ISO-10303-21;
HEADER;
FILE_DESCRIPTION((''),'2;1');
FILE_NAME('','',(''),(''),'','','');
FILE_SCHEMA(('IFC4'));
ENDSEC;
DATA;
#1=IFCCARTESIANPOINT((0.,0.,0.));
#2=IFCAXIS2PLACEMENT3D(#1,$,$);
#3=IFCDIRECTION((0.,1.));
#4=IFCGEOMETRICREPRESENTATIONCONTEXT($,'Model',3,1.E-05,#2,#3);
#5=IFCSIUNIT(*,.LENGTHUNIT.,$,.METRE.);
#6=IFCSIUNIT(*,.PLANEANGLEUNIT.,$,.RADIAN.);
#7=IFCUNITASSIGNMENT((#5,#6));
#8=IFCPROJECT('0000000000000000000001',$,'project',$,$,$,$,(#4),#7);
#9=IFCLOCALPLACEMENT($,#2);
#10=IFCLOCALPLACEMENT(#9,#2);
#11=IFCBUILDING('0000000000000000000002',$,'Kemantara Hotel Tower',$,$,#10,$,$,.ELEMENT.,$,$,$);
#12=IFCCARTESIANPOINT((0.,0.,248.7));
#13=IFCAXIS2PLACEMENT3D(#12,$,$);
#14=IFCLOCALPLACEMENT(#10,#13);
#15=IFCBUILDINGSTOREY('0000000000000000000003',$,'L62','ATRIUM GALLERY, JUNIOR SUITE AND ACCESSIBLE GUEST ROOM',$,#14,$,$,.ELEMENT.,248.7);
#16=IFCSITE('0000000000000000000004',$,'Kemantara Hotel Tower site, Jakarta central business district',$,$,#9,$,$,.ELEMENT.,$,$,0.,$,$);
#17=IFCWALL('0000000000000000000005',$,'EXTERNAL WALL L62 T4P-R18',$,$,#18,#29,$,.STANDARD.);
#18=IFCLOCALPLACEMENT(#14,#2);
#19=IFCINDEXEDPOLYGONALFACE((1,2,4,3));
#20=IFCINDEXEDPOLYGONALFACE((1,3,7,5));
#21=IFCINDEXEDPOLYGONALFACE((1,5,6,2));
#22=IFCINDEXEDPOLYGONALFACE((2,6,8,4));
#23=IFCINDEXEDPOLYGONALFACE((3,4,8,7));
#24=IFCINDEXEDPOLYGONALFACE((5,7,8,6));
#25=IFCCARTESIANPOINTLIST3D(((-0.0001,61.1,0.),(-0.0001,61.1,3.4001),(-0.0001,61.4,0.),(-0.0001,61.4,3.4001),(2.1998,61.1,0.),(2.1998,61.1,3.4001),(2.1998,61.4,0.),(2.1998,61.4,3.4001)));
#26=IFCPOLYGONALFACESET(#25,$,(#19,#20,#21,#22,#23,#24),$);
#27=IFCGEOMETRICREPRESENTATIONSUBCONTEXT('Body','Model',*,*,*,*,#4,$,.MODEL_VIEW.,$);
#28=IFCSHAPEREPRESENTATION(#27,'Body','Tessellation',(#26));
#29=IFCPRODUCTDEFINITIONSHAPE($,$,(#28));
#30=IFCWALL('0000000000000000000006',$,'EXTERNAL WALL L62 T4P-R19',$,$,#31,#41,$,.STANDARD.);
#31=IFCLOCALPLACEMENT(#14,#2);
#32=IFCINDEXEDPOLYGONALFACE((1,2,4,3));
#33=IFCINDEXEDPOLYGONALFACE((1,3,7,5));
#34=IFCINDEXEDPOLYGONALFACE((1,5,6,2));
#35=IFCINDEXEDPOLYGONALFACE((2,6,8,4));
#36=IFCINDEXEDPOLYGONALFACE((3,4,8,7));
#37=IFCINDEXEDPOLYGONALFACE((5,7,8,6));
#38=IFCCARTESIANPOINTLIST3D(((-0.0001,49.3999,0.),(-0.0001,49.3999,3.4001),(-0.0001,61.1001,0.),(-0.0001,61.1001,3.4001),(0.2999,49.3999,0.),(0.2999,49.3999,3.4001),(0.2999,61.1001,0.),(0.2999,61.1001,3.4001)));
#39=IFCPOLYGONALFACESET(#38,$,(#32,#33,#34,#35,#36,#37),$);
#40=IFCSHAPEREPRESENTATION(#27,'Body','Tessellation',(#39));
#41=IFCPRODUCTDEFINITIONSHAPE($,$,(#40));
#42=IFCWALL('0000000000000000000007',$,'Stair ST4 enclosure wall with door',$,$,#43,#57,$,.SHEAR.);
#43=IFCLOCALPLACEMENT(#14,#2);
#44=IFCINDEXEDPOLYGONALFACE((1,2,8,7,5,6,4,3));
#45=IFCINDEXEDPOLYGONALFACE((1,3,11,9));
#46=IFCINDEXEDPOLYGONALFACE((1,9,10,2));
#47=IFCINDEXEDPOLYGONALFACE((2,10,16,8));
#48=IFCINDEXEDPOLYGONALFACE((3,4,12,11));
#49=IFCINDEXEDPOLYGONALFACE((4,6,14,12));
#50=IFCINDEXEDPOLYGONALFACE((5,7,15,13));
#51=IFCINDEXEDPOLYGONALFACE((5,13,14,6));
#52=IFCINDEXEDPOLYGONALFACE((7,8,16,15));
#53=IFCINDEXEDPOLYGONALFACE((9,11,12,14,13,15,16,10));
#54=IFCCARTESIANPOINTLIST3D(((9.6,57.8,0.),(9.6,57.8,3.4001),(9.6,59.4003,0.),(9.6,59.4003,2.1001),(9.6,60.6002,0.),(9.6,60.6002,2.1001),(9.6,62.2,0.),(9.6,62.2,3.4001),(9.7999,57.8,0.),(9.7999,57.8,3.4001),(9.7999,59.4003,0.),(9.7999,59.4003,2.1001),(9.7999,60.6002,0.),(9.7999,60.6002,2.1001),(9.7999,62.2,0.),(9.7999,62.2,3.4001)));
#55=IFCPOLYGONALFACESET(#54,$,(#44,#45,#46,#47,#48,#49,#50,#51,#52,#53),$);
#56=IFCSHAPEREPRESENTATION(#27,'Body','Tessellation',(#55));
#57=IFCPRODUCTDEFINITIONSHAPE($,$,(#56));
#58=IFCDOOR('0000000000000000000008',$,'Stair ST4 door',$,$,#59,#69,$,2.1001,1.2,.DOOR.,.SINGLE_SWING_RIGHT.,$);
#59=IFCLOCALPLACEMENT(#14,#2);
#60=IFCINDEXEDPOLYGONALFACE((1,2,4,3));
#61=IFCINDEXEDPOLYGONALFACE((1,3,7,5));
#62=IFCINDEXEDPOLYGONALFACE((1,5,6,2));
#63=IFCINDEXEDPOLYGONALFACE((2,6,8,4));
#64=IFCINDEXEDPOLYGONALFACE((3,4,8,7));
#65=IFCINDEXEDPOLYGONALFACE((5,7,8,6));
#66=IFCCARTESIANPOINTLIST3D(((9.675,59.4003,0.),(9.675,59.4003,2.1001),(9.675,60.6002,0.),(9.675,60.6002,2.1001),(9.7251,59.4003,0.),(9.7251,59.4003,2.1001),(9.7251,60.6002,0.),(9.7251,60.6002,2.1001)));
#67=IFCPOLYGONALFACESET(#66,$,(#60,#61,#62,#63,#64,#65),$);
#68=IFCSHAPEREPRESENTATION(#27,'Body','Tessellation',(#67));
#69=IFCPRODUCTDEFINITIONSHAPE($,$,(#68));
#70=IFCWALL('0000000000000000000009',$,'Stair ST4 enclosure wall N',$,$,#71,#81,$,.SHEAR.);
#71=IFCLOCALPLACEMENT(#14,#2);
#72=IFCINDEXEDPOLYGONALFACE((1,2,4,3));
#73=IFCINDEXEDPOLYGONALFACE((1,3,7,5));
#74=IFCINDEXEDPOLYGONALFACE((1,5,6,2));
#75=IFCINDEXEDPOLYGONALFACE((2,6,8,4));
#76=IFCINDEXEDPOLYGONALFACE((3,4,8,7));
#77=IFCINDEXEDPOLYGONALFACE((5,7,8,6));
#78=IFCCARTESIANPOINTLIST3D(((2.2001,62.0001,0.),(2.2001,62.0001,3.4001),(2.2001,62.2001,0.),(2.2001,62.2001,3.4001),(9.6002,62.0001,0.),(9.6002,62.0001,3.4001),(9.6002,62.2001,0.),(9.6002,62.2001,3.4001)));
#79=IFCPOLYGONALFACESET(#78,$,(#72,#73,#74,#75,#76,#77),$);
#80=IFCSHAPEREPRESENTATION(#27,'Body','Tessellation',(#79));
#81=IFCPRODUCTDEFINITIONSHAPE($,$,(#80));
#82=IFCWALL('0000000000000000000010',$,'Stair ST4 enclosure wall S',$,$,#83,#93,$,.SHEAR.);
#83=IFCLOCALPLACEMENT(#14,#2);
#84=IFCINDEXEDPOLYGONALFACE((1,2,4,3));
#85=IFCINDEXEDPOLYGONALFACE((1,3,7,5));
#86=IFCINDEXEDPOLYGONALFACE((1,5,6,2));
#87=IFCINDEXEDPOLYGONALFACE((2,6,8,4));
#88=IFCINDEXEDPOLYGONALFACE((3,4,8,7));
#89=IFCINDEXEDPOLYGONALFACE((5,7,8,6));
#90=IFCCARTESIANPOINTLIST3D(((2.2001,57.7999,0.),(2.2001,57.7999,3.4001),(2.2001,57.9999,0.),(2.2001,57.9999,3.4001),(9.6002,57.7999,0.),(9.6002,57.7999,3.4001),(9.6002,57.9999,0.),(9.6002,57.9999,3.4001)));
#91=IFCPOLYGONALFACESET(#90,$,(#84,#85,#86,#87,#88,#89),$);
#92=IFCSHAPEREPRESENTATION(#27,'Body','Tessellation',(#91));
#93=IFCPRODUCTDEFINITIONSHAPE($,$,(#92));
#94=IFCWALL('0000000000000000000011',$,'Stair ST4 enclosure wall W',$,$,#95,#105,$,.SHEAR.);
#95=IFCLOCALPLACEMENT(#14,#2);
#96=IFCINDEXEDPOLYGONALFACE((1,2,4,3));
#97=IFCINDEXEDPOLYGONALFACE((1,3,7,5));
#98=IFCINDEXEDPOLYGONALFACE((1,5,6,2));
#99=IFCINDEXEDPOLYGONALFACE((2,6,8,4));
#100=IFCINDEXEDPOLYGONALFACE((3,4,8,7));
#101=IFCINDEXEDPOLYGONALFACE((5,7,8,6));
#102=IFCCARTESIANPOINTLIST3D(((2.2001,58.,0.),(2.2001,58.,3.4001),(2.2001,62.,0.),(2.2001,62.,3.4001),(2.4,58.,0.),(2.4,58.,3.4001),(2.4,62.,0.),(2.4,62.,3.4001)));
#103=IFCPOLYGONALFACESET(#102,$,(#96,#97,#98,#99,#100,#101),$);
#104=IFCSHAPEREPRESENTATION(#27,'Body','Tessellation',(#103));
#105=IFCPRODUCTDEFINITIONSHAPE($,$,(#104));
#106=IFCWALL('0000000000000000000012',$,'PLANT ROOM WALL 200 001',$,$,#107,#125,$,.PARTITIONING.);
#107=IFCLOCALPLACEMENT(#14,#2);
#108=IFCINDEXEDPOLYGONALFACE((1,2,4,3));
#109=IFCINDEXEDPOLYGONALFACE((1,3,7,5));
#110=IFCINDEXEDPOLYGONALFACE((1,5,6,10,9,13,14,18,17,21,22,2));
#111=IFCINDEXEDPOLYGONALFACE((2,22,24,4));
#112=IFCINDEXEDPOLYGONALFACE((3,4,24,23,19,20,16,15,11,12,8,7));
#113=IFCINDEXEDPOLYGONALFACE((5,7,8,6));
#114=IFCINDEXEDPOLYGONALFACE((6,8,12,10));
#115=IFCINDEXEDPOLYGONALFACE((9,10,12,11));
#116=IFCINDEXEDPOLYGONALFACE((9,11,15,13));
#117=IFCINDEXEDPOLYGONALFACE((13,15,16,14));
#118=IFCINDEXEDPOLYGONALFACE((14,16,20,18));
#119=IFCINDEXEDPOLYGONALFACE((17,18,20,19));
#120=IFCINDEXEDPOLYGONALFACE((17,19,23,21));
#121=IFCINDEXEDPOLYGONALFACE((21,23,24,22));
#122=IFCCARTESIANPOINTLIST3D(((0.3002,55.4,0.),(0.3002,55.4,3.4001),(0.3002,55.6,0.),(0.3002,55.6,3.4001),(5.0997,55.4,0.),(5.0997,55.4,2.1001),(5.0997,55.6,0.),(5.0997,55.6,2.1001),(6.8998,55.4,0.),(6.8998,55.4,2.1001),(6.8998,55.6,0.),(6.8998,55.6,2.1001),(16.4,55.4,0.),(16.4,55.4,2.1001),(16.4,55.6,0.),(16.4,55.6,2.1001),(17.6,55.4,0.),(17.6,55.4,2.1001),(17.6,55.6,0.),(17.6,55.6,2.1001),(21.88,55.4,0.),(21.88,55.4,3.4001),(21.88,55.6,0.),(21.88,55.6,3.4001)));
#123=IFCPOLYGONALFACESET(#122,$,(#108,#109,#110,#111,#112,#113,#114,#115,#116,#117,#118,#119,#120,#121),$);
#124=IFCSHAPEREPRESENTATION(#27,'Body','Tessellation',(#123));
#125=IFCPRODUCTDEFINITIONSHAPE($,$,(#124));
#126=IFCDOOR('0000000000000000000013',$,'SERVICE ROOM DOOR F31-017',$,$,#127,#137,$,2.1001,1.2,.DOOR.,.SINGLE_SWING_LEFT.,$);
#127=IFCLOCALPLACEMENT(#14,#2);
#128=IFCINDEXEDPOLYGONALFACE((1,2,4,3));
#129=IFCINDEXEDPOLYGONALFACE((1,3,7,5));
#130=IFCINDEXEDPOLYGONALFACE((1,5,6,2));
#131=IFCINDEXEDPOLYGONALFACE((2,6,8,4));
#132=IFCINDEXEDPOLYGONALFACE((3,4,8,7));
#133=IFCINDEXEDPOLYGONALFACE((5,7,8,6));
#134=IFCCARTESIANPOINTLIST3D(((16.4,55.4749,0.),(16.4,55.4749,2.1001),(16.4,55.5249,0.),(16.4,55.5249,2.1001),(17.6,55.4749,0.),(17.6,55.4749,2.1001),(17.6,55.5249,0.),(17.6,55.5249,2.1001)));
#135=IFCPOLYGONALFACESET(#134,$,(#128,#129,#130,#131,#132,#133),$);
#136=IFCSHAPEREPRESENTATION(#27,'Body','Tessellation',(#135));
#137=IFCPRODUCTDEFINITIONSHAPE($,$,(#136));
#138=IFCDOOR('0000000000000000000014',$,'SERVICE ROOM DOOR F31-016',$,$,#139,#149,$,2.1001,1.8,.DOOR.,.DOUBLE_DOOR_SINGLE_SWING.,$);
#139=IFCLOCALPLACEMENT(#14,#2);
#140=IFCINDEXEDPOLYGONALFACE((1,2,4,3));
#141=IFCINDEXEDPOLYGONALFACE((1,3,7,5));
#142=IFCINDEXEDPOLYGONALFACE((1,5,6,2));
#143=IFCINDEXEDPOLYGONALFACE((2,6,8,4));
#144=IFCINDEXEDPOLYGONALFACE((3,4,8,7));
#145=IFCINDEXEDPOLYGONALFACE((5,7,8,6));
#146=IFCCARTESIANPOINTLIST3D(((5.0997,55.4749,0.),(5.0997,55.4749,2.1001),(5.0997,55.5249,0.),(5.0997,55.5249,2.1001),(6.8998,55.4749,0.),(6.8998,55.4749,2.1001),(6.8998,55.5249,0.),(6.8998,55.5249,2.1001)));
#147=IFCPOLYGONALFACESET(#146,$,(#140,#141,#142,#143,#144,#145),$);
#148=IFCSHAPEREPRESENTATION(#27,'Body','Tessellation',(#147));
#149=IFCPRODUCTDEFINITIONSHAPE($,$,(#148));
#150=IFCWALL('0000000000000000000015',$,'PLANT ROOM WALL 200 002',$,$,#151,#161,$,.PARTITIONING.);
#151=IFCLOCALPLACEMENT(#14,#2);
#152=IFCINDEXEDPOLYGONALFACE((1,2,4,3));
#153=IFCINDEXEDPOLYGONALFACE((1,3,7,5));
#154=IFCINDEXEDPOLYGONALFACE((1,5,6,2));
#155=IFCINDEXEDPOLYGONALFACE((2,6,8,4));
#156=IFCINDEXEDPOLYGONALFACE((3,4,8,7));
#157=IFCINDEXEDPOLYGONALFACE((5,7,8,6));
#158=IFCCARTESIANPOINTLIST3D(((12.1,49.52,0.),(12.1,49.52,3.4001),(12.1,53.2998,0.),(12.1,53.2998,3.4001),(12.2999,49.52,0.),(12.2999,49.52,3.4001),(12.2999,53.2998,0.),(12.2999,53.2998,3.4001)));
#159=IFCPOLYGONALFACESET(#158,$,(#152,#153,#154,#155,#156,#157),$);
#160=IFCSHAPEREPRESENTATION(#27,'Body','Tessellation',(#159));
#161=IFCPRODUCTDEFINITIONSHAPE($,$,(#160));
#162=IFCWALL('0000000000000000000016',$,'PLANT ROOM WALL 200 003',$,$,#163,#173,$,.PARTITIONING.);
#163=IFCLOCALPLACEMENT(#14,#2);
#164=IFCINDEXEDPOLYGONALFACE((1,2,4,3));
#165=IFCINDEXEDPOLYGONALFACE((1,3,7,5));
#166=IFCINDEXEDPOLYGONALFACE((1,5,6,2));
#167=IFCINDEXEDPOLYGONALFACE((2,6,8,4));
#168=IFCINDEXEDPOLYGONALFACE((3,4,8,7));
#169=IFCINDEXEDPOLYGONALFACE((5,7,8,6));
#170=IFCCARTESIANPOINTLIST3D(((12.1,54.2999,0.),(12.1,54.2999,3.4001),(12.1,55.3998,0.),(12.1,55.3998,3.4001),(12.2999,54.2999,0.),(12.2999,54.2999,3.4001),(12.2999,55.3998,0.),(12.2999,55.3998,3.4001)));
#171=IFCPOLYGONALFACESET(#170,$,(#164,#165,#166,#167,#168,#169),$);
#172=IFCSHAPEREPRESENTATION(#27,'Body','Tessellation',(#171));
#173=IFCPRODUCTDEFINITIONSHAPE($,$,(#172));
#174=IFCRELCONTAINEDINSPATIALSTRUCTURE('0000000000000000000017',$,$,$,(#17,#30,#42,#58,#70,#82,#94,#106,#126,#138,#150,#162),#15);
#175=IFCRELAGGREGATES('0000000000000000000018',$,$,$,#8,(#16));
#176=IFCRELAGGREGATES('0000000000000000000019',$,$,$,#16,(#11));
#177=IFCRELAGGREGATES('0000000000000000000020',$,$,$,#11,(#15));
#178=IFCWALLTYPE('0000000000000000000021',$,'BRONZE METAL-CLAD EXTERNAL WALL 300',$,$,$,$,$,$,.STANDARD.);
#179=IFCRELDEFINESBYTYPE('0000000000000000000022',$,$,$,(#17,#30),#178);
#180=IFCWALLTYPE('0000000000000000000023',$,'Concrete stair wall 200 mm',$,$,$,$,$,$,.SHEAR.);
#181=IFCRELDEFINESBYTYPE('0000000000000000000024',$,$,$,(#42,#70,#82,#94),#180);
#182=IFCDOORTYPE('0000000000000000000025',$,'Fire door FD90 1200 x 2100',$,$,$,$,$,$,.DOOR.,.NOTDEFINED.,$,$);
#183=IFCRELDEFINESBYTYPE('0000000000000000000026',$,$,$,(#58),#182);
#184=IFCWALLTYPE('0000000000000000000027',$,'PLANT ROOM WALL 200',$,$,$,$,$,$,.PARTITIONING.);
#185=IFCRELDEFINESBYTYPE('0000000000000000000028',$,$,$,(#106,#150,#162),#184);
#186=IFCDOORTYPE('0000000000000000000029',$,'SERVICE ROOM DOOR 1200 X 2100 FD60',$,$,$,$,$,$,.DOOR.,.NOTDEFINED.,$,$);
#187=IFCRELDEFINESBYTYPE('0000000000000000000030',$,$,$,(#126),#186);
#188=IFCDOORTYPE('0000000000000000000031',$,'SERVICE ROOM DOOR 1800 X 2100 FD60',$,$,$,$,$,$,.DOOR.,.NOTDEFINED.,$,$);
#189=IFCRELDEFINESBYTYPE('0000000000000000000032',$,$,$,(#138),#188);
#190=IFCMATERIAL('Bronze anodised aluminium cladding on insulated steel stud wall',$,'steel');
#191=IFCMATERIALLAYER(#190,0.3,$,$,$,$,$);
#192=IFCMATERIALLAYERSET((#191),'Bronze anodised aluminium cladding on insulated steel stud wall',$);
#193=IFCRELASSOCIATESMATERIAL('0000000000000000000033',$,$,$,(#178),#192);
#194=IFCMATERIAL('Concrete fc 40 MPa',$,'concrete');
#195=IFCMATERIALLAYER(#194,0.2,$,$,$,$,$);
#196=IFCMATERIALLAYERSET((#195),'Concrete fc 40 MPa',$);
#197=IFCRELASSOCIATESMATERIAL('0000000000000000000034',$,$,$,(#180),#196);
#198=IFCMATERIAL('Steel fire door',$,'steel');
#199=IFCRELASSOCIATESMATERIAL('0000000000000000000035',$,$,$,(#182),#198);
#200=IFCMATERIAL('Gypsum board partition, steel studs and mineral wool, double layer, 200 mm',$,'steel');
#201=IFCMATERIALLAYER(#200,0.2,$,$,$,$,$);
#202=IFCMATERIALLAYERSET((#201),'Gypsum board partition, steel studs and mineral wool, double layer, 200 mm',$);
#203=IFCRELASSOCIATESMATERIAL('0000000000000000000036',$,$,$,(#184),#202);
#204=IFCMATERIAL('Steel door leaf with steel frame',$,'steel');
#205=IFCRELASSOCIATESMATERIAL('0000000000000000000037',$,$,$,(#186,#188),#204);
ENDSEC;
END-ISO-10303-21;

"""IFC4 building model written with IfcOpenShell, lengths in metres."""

from ifc_helpers import new_model, si_unit, direction, frame, frame_2d, origin, place, context, subcontext, project, spatial, rectangle, extrude, material, layer, layer_set, type_object, element, fill, save


model = new_model("IFC4")

# Units and contexts
model_context = context("Model", 3, precision=1e-05, world=origin(), true_north=direction((0.0, 1.0)))
body_context = subcontext(model_context, "Body", "Model", "MODEL_VIEW")
ifc_project = project(units=[si_unit("LENGTHUNIT", "METRE"), si_unit("PLANEANGLEUNIT", "RADIAN")], contexts=[model_context])

# Site, building, storey
site_placement = place(None, origin())
site = spatial("IfcSite", under=ifc_project, at=site_placement, Name="Kemantara Hotel Tower site, Jakarta central business district", CompositionType="ELEMENT", RefElevation=0.0)
building_placement = place(site_placement, origin())
building = spatial("IfcBuilding", under=site, at=building_placement, Name="Kemantara Hotel Tower", CompositionType="ELEMENT")
storey_placement = place(building_placement, frame((0.0, 0.0, 248.7)))
storey = spatial("IfcBuildingStorey", under=building, at=storey_placement, Name="L62", Description="ATRIUM GALLERY, JUNIOR SUITE AND ACCESSIBLE GUEST ROOM", CompositionType="ELEMENT", Elevation=248.7)

# Walls
ifc_material_1 = material(Name="Bronze anodised aluminium cladding on insulated steel stud wall", Category="steel")
ifc_layer_1 = layer(ifc_material_1, 0.3)
ifc_layer_set_1 = layer_set([ifc_layer_1], Name="Bronze anodised aluminium cladding on insulated steel stud wall")
wall_type_1 = type_object("IfcWallType", Name="BRONZE METAL-CLAD EXTERNAL WALL 300", PredefinedType="STANDARD", material=ifc_layer_set_1)
wall_1_placement = place(storey_placement, frame((2.2, 61.25, 0.0), z_axis=(0.0, 0.0, 1.0), x_axis=(-1.0, 0.0, 0.0)))
element("IfcWall", 1, at=wall_1_placement, inside=storey, type_object=wall_type_1, Name="EXTERNAL WALL L62 T4P-R18", PredefinedType="STANDARD", context=body_context, shape_type="SweptSolid", body=[
    extrude(rectangle(XDim=2.2, YDim=0.3, at=frame_2d((1.1001, 0.0))), origin(), (0.0, 0.0, 1.0), 3.4001),
])
wall_2_placement = place(storey_placement, frame((0.1499, 61.1001, 0.0), z_axis=(0.0, 0.0, 1.0), x_axis=(0.0, -1.0, 0.0)))
element("IfcWall", 2, at=wall_2_placement, inside=storey, type_object=wall_type_1, Name="EXTERNAL WALL L62 T4P-R19", PredefinedType="STANDARD", context=body_context, shape_type="SweptSolid", body=[
    extrude(rectangle(XDim=11.7002, YDim=0.3, at=frame_2d((5.8501, 0.0))), origin(), (0.0, 0.0, 1.0), 3.4001),
])

# Wall, opening, door
ifc_material_2 = material(Name="Concrete fc 40 MPa", Category="concrete")
ifc_layer_2 = layer(ifc_material_2, 0.2)
ifc_layer_set_2 = layer_set([ifc_layer_2], Name="Concrete fc 40 MPa")
wall_type_2 = type_object("IfcWallType", Name="Concrete stair wall 200 mm", PredefinedType="SHEAR", material=ifc_layer_set_2)
wall_3_placement = place(storey_placement, frame((9.7, 57.8, 0.0), z_axis=(0.0, 0.0, 1.0), x_axis=(0.0, 1.0, 0.0)))
wall_3 = element("IfcWall", 3, at=wall_3_placement, inside=storey, type_object=wall_type_2, Name="Stair ST4 enclosure wall with door", PredefinedType="SHEAR", context=body_context, shape_type="SweptSolid", body=[
    extrude(rectangle(XDim=4.3999, YDim=0.2, at=frame_2d((2.2, 0.0))), origin(), (0.0, 0.0, 1.0), 3.4001),
])
opening_1_placement = place(wall_3_placement, frame((1.6001, 0.0, 0.0)))
opening_1 = element("IfcOpeningElement", 4, at=opening_1_placement, cuts=wall_3, PredefinedType="OPENING", context=body_context, shape_type="SweptSolid", body=[
    extrude(rectangle(XDim=1.2, YDim=2.1001, at=frame_2d((0.6001, 1.05))), frame((0.0, 0.1099, 0.0), z_axis=(0.0, -1.0, 0.0), x_axis=(1.0, 0.0, 0.0)), (0.0, 0.0, 1.0), 0.22),
])
ifc_material_3 = material(Name="Steel fire door", Category="steel")
door_type_1 = type_object("IfcDoorType", Name="Fire door FD90 1200 x 2100", OperationType="NOTDEFINED", PredefinedType="DOOR", material=ifc_material_3)
door_1_placement = place(opening_1_placement, origin())
door_1 = element("IfcDoor", 5, at=door_1_placement, inside=storey, type_object=door_type_1, Name="Stair ST4 door", OperationType="SINGLE_SWING_RIGHT", OverallHeight=2.1001, OverallWidth=1.2, PredefinedType="DOOR", context=body_context, shape_type="SweptSolid", body=[
    extrude(rectangle(XDim=1.2, YDim=2.1001, at=frame_2d((0.6001, 1.05))), frame((0.0, 0.0249, 0.0), z_axis=(0.0, -1.0, 0.0), x_axis=(1.0, 0.0, 0.0)), (0.0, 0.0, 1.0), 0.05),
])
fill(opening_1, door_1)

# Walls
for number, where, z_axis, x_axis, name in (
    (6, (2.2, 62.1001, 0.0), (0.0, 0.0, 1.0), (1.0, 0.0, 0.0), "Stair ST4 enclosure wall N"),
    (7, (2.2, 57.8999, 0.0), (0.0, 0.0, 1.0), (1.0, 0.0, 0.0), "Stair ST4 enclosure wall S"),
):
    element("IfcWall", number, at=place(storey_placement, frame(where, z_axis=z_axis, x_axis=x_axis)), inside=storey, type_object=wall_type_2, Name=name, PredefinedType="SHEAR", context=body_context, shape_type="SweptSolid", body=[
        extrude(rectangle(XDim=7.4001, YDim=0.2, at=frame_2d((3.7002, 0.0))), origin(), (0.0, 0.0, 1.0), 3.4001),
    ])
wall_4_placement = place(storey_placement, frame((2.3, 58.0, 0.0), z_axis=(0.0, 0.0, 1.0), x_axis=(0.0, 1.0, 0.0)))
element("IfcWall", 8, at=wall_4_placement, inside=storey, type_object=wall_type_2, Name="Stair ST4 enclosure wall W", PredefinedType="SHEAR", context=body_context, shape_type="SweptSolid", body=[
    extrude(rectangle(XDim=4.0, YDim=0.2, at=frame_2d((2.0, 0.0))), origin(), (0.0, 0.0, 1.0), 3.4001),
])

# Wall, openings, doors
ifc_material_4 = material(Name="Gypsum board partition, steel studs and mineral wool, double layer, 200 mm", Category="steel")
ifc_layer_3 = layer(ifc_material_4, 0.2)
ifc_layer_set_3 = layer_set([ifc_layer_3], Name="Gypsum board partition, steel studs and mineral wool, double layer, 200 mm")
wall_type_3 = type_object("IfcWallType", Name="PLANT ROOM WALL 200", PredefinedType="PARTITIONING", material=ifc_layer_set_3)
wall_5_placement = place(storey_placement, frame((0.3, 55.5, 0.0), z_axis=(0.0, 0.0, 1.0), x_axis=(1.0, 0.0, 0.0)))
wall_5 = element("IfcWall", 9, at=wall_5_placement, inside=storey, type_object=wall_type_3, Name="PLANT ROOM WALL 200 001", PredefinedType="PARTITIONING", context=body_context, shape_type="SweptSolid", body=[
    extrude(rectangle(XDim=21.5798, YDim=0.2, at=frame_2d((10.79, 0.0))), origin(), (0.0, 0.0, 1.0), 3.4001),
])
opening_2_placement = place(wall_5_placement, frame((4.7998, 0.0, 0.0)))
opening_2 = element("IfcOpeningElement", 10, at=opening_2_placement, cuts=wall_5, PredefinedType="OPENING", context=body_context, shape_type="SweptSolid", body=[
    extrude(rectangle(XDim=1.8, YDim=2.1001, at=frame_2d((0.8999, 1.05))), frame((0.0, 0.1099, 0.0), z_axis=(0.0, -1.0, 0.0), x_axis=(1.0, 0.0, 0.0)), (0.0, 0.0, 1.0), 0.22),
])
opening_3_placement = place(wall_5_placement, frame((16.0999, 0.0, 0.0)))
opening_3 = element("IfcOpeningElement", 11, at=opening_3_placement, cuts=wall_5, PredefinedType="OPENING", context=body_context, shape_type="SweptSolid", body=[
    extrude(rectangle(XDim=1.2, YDim=2.1001, at=frame_2d((0.6001, 1.05))), frame((0.0, 0.1099, 0.0), z_axis=(0.0, -1.0, 0.0), x_axis=(1.0, 0.0, 0.0)), (0.0, 0.0, 1.0), 0.22),
])
ifc_material_5 = material(Name="Steel door leaf with steel frame", Category="steel")
door_type_2 = type_object("IfcDoorType", Name="SERVICE ROOM DOOR 1200 X 2100 FD60", OperationType="NOTDEFINED", PredefinedType="DOOR", material=ifc_material_5)
door_2_placement = place(opening_3_placement, origin())
door_2 = element("IfcDoor", 12, at=door_2_placement, inside=storey, type_object=door_type_2, Name="SERVICE ROOM DOOR F31-017", OperationType="SINGLE_SWING_LEFT", OverallHeight=2.1001, OverallWidth=1.2, PredefinedType="DOOR", context=body_context, shape_type="SweptSolid", body=[
    extrude(rectangle(XDim=1.2, YDim=2.1001, at=frame_2d((0.6001, 1.05))), frame((0.0, 0.0249, 0.0), z_axis=(0.0, -1.0, 0.0), x_axis=(1.0, 0.0, 0.0)), (0.0, 0.0, 1.0), 0.05),
])
fill(opening_3, door_2)
door_type_3 = type_object("IfcDoorType", Name="SERVICE ROOM DOOR 1800 X 2100 FD60", OperationType="NOTDEFINED", PredefinedType="DOOR", material=ifc_material_5)
door_3_placement = place(opening_2_placement, origin())
door_3 = element("IfcDoor", 13, at=door_3_placement, inside=storey, type_object=door_type_3, Name="SERVICE ROOM DOOR F31-016", OperationType="DOUBLE_DOOR_SINGLE_SWING", OverallHeight=2.1001, OverallWidth=1.8, PredefinedType="DOOR", context=body_context, shape_type="SweptSolid", body=[
    extrude(rectangle(XDim=1.8, YDim=2.1001, at=frame_2d((0.8999, 1.05))), frame((0.0, 0.0249, 0.0), z_axis=(0.0, -1.0, 0.0), x_axis=(1.0, 0.0, 0.0)), (0.0, 0.0, 1.0), 0.05),
])
fill(opening_2, door_3)

# Walls
wall_6_placement = place(storey_placement, frame((12.2, 49.52, 0.0), z_axis=(0.0, 0.0, 1.0), x_axis=(0.0, 1.0, 0.0)))
element("IfcWall", 14, at=wall_6_placement, inside=storey, type_object=wall_type_3, Name="PLANT ROOM WALL 200 002", PredefinedType="PARTITIONING", context=body_context, shape_type="SweptSolid", body=[
    extrude(rectangle(XDim=3.7798, YDim=0.2, at=frame_2d((1.8899, 0.0))), origin(), (0.0, 0.0, 1.0), 3.4001),
])
wall_7_placement = place(storey_placement, frame((12.2, 54.3, 0.0), z_axis=(0.0, 0.0, 1.0), x_axis=(0.0, 1.0, 0.0)))
element("IfcWall", 15, at=wall_7_placement, inside=storey, type_object=wall_type_3, Name="PLANT ROOM WALL 200 003", PredefinedType="PARTITIONING", context=body_context, shape_type="SweptSolid", body=[
    extrude(rectangle(XDim=1.0999, YDim=0.2, at=frame_2d((0.5498, 0.0))), origin(), (0.0, 0.0, 1.0), 3.4001),
])

save(model, "model.ifc")
